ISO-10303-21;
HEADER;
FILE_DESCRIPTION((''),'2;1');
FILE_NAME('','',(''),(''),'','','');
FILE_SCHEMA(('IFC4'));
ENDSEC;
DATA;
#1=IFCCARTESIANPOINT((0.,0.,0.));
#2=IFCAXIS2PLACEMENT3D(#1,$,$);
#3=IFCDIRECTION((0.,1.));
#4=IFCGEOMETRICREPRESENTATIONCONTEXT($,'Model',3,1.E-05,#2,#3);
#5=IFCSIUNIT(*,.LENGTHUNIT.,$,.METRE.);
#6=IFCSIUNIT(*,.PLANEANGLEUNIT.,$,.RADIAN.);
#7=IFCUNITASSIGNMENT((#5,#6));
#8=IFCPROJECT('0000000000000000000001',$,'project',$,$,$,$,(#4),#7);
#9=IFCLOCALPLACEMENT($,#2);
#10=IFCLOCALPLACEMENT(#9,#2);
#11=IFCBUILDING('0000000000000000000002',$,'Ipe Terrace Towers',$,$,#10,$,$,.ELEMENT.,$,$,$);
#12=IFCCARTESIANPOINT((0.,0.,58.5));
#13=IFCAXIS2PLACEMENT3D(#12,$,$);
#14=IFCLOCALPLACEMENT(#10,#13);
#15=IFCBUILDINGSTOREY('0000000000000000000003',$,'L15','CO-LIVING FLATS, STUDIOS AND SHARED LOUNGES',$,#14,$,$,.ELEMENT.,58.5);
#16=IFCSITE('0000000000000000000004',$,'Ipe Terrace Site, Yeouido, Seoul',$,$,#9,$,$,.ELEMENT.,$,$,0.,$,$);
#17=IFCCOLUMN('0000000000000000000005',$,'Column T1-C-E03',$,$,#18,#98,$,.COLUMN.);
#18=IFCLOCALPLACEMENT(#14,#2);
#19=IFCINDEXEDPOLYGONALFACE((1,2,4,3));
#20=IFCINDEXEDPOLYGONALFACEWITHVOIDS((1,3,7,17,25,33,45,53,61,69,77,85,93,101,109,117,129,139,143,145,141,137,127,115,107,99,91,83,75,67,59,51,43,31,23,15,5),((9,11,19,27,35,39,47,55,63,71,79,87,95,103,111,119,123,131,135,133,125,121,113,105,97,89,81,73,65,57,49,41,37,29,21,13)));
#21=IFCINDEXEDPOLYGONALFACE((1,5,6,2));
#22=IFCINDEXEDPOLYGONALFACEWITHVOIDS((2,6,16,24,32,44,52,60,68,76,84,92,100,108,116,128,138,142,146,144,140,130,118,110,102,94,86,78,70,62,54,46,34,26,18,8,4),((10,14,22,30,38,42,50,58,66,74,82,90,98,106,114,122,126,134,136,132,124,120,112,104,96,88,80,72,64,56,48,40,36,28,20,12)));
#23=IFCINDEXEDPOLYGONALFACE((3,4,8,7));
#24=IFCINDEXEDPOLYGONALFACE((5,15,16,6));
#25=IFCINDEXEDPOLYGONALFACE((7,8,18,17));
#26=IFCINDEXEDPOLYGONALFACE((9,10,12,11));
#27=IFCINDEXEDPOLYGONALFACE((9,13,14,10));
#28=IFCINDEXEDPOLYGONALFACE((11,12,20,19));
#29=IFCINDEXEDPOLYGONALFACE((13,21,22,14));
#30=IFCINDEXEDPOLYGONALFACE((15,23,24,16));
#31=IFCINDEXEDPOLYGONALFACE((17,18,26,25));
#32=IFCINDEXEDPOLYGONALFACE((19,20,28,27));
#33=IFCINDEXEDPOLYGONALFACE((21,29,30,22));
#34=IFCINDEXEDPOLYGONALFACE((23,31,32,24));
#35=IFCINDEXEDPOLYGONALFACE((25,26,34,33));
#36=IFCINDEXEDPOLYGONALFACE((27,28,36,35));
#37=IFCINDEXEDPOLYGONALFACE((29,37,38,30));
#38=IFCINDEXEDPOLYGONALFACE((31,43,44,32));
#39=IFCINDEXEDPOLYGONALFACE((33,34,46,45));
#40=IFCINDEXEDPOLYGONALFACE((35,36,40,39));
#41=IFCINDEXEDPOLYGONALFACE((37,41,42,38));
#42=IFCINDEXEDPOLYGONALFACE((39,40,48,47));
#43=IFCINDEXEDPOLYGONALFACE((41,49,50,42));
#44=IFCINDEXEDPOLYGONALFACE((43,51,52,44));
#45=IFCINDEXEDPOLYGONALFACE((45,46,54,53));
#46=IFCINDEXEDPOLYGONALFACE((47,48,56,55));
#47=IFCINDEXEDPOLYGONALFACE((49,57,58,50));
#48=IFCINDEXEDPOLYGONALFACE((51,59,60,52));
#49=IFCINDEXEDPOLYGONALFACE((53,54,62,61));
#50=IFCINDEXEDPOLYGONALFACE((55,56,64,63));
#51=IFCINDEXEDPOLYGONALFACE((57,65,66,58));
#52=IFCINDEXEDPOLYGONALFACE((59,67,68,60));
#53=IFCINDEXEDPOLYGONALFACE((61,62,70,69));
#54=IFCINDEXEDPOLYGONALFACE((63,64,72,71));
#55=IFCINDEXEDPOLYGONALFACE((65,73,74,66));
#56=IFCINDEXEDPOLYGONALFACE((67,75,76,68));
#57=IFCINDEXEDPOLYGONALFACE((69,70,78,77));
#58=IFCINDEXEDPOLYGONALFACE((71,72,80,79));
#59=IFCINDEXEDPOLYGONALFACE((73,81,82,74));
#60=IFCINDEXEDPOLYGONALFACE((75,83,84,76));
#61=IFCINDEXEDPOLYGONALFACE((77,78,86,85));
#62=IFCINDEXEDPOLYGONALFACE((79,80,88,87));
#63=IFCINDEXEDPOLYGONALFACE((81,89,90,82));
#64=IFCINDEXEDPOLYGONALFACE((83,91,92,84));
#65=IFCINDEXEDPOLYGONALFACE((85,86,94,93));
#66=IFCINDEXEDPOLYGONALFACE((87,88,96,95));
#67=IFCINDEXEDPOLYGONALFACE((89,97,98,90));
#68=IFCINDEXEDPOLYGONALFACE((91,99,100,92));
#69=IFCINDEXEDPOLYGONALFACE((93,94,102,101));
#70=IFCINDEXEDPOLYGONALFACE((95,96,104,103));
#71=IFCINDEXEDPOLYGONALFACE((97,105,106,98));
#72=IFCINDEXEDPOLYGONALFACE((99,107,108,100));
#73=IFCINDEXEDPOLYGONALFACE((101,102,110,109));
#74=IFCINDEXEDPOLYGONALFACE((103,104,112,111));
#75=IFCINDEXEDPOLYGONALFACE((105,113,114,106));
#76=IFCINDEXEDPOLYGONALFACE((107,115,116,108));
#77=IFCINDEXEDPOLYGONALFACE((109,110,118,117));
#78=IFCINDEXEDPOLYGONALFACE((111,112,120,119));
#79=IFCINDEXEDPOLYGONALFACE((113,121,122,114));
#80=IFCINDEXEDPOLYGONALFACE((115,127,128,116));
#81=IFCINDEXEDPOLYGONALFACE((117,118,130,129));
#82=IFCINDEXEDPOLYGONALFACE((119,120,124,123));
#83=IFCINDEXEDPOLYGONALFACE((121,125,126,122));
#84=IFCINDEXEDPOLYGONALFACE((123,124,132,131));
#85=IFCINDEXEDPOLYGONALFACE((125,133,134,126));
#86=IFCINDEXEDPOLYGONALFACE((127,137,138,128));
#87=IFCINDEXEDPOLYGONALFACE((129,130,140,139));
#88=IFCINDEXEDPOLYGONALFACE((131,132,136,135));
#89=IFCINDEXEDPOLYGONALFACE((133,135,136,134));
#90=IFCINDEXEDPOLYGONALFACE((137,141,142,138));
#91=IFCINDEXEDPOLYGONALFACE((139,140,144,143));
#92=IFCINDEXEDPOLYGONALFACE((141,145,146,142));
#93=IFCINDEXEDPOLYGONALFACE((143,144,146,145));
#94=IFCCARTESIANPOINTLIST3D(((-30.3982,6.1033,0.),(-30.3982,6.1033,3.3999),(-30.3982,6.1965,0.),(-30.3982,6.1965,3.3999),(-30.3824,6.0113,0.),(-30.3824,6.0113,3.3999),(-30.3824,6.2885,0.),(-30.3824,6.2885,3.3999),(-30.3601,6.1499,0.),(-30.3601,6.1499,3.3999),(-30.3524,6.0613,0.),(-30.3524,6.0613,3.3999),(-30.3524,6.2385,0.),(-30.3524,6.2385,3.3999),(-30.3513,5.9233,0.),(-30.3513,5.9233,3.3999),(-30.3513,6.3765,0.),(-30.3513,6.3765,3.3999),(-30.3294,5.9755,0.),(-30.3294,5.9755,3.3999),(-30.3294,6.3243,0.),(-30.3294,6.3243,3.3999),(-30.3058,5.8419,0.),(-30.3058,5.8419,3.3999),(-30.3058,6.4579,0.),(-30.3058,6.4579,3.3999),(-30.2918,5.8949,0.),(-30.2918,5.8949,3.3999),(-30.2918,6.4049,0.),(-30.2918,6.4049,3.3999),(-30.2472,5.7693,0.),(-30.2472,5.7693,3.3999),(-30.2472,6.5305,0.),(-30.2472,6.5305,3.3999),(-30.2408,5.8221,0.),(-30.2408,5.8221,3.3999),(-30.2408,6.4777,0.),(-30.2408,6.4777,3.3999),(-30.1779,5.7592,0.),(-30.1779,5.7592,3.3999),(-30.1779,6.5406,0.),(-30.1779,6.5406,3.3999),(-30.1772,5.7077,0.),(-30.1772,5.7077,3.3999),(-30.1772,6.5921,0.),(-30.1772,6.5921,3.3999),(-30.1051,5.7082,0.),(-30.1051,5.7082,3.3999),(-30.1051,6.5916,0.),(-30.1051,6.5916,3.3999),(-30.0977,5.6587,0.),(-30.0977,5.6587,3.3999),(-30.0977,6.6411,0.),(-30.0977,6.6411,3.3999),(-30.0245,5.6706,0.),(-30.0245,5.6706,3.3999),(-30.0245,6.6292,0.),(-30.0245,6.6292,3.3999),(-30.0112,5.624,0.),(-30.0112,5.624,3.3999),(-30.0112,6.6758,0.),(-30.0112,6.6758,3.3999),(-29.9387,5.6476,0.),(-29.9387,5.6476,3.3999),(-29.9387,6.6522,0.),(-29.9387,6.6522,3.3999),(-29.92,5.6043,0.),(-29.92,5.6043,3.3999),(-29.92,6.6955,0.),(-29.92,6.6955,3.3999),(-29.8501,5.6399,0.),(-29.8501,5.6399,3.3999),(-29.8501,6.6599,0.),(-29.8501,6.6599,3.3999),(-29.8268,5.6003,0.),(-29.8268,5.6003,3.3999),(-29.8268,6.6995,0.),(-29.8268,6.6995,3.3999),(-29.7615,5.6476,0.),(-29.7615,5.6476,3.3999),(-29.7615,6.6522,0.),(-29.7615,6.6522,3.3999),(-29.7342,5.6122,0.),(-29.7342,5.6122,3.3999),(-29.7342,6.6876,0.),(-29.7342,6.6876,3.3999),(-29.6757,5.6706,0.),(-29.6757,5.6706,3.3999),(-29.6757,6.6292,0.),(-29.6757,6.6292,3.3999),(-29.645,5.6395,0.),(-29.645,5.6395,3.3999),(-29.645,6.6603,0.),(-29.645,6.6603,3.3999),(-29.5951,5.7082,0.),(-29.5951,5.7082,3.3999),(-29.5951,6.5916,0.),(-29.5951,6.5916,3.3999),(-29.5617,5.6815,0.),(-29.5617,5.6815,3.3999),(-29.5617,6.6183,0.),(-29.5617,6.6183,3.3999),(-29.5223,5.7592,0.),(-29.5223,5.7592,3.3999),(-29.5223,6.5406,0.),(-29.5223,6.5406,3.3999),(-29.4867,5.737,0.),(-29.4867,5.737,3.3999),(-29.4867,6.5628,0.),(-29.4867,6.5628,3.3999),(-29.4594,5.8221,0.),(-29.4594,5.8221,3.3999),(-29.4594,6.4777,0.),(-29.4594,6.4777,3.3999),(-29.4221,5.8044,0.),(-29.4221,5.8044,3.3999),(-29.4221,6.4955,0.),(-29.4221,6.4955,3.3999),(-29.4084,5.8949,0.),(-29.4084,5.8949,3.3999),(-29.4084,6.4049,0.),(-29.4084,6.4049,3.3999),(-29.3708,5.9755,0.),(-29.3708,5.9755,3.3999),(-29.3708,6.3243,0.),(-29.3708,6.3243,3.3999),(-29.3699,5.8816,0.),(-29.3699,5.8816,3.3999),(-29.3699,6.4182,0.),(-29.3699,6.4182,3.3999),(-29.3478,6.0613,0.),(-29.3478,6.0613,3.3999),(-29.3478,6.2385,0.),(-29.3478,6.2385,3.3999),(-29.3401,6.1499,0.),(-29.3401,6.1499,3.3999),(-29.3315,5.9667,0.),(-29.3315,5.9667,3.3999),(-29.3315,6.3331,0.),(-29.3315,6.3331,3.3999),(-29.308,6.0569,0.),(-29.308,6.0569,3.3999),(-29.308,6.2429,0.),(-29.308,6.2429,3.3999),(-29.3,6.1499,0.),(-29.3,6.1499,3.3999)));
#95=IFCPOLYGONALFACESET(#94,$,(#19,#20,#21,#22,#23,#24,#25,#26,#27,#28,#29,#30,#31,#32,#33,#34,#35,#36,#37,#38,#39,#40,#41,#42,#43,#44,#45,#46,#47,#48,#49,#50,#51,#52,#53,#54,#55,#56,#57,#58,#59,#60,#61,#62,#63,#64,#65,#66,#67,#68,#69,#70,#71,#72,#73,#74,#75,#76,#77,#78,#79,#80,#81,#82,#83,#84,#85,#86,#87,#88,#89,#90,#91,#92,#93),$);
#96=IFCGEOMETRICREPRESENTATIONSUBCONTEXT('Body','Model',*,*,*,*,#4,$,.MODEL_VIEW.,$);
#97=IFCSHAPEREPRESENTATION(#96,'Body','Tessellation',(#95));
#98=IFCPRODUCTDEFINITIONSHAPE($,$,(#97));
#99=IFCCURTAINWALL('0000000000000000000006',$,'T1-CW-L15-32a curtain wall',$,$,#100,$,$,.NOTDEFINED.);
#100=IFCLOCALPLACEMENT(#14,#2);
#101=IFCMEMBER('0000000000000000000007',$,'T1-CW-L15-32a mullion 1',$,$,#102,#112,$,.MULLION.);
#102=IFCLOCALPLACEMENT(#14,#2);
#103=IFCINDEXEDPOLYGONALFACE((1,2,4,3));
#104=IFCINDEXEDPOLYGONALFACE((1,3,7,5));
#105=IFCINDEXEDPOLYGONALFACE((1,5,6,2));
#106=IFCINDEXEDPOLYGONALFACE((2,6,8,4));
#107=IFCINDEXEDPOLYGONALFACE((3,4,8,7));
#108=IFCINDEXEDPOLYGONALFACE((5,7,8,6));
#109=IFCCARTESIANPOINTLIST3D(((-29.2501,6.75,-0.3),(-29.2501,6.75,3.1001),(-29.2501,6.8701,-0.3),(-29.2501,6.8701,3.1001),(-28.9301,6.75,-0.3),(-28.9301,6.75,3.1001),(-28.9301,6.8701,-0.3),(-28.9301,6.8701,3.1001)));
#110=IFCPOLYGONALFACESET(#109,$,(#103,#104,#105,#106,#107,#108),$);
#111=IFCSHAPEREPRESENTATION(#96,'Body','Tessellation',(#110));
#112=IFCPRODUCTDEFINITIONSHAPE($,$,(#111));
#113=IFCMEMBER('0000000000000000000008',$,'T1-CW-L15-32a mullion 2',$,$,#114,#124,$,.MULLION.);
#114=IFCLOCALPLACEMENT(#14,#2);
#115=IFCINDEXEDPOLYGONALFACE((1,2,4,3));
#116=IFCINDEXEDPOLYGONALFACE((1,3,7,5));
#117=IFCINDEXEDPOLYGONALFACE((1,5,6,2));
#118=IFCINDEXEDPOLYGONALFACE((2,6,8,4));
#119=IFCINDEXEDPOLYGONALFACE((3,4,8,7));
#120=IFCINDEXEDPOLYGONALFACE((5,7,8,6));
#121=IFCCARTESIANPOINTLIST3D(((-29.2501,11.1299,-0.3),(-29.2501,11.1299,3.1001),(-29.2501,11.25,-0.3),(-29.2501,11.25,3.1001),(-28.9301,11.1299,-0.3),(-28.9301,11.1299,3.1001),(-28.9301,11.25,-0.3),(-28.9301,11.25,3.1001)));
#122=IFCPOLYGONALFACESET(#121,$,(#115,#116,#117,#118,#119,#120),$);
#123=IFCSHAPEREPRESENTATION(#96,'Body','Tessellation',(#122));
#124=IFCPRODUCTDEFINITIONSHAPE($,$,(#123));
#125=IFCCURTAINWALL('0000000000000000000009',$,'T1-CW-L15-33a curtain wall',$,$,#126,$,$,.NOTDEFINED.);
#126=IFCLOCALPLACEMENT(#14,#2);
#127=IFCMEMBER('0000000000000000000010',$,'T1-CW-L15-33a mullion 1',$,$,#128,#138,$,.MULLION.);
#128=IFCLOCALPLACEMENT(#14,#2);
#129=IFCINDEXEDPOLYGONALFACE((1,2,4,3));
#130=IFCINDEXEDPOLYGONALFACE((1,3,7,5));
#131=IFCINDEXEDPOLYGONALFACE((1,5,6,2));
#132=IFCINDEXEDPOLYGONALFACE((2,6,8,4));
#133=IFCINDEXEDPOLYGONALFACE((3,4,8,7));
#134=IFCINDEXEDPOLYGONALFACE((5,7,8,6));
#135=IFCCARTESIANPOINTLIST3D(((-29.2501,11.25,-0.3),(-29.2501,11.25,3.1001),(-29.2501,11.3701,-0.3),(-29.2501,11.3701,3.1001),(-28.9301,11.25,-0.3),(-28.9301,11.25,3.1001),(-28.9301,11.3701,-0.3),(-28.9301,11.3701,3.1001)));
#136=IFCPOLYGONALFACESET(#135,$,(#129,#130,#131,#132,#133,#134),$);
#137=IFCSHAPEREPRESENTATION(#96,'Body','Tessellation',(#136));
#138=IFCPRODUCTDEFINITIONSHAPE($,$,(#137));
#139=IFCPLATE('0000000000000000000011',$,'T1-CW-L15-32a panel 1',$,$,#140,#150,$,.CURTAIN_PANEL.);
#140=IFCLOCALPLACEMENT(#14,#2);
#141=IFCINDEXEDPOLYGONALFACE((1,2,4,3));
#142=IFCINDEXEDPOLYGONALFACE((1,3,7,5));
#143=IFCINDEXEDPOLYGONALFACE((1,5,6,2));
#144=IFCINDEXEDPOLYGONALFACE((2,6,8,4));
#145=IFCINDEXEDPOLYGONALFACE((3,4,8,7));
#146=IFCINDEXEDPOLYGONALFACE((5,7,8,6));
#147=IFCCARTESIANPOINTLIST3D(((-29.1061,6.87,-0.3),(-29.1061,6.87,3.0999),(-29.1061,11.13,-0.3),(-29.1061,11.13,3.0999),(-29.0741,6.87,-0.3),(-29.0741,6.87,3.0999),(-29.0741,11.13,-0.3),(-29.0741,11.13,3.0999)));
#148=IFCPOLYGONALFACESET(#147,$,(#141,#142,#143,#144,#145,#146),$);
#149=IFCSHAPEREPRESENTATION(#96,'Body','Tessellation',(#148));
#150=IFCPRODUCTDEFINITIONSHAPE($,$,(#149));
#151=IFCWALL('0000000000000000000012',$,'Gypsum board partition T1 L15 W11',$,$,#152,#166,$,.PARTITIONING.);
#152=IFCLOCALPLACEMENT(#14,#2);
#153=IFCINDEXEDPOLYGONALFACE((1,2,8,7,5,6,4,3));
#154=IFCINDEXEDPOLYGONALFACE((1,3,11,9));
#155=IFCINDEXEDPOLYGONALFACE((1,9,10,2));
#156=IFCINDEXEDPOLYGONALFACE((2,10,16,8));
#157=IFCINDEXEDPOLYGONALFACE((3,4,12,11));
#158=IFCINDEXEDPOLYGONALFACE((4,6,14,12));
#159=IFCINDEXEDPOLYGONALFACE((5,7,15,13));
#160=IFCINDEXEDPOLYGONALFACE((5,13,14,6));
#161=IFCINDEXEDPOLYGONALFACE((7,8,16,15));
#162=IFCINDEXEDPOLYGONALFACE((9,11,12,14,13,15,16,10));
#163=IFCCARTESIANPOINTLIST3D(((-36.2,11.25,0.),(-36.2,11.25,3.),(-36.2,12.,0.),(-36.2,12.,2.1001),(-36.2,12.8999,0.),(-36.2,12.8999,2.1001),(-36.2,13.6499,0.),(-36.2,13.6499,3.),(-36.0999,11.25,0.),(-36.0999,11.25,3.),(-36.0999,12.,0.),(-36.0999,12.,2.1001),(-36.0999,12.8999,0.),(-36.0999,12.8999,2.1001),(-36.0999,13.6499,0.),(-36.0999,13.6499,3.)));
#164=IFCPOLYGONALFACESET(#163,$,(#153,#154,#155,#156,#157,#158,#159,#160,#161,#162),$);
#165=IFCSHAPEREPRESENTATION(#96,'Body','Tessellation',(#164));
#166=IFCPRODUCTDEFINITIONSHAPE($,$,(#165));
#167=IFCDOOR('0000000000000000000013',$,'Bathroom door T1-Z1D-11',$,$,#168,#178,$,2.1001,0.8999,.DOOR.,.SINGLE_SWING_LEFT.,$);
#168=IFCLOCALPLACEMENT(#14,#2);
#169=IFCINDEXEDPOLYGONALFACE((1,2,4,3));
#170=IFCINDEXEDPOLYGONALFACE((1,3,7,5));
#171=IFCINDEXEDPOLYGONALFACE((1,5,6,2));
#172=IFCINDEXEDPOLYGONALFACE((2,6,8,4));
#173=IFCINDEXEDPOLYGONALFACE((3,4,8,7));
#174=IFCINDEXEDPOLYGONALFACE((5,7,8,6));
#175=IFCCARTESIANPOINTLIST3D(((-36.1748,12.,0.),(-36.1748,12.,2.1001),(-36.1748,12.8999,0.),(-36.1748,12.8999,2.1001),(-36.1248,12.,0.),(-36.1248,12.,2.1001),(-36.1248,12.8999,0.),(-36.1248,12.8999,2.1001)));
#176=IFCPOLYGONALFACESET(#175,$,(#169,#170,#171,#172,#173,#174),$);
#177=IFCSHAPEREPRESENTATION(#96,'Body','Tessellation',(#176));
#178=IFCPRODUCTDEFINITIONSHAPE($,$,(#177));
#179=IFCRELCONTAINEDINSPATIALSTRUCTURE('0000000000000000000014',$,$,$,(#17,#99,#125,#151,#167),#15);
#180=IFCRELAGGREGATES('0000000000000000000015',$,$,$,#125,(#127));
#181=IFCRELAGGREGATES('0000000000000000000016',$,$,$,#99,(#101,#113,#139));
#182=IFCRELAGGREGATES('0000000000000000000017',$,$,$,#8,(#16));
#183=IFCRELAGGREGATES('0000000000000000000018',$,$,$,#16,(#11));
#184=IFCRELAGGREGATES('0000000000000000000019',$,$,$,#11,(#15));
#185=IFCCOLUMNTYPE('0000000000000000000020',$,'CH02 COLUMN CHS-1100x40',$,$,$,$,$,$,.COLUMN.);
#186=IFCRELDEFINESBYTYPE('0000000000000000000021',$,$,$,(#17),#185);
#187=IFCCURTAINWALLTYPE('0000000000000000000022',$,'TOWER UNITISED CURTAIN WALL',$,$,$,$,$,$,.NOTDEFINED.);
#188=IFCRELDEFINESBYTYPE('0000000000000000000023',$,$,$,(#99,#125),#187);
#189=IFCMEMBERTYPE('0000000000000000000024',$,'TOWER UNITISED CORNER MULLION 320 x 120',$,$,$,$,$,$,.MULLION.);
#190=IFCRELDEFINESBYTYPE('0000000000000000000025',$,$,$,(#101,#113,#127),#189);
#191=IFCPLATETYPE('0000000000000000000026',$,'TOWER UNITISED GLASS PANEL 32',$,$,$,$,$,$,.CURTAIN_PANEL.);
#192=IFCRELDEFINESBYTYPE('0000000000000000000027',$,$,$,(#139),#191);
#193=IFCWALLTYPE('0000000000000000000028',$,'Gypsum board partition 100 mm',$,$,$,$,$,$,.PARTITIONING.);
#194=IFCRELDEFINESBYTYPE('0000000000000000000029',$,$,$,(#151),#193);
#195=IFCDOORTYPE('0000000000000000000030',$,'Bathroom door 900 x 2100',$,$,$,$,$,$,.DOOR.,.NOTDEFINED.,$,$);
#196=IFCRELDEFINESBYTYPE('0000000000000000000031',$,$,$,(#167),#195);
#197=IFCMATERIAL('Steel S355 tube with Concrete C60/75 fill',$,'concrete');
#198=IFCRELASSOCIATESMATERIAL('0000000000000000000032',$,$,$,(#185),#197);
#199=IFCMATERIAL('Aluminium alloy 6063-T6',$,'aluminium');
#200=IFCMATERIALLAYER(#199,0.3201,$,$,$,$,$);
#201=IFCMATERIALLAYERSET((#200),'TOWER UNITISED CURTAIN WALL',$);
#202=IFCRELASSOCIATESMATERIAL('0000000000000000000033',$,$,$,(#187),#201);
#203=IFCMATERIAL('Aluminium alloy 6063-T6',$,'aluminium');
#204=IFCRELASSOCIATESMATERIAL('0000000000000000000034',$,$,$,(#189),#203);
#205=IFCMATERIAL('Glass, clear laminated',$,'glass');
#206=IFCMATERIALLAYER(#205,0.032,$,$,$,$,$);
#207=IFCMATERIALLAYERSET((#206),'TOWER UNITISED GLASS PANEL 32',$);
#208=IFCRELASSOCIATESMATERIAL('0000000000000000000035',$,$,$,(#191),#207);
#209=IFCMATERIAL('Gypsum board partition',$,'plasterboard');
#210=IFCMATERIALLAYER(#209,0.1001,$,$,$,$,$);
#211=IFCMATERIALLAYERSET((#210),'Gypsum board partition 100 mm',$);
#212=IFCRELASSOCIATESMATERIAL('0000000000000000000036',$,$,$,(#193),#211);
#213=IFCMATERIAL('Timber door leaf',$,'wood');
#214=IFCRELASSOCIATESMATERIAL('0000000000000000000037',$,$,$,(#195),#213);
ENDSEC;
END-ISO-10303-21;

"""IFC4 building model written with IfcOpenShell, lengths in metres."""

from ifc_helpers import new_model, si_unit, direction, frame, frame_2d, origin, origin_2d, place, context, subcontext, project, spatial, rectangle, hollow_circle, extrude, material, layer, layer_set, material_profile, profile_set, type_object, element, fill, aggregate, save


model = new_model("IFC4")

# Units and contexts
model_context = context("Model", 3, precision=1e-05, world=origin(), true_north=direction((0.0, 1.0)))
body_context = subcontext(model_context, "Body", "Model", "MODEL_VIEW")
ifc_project = project(units=[si_unit("LENGTHUNIT", "METRE"), si_unit("PLANEANGLEUNIT", "RADIAN")], contexts=[model_context])

# Site, building, storey
site_placement = place(None, origin())
site = spatial("IfcSite", under=ifc_project, at=site_placement, Name="Ipe Terrace Site, Yeouido, Seoul", CompositionType="ELEMENT", RefElevation=0.0)
building_placement = place(site_placement, origin())
building = spatial("IfcBuilding", under=site, at=building_placement, Name="Ipe Terrace Towers", CompositionType="ELEMENT")
storey_placement = place(building_placement, frame((0.0, 0.0, 58.5)))
storey = spatial("IfcBuildingStorey", under=building, at=storey_placement, Name="L15", Description="CO-LIVING FLATS, STUDIOS AND SHARED LOUNGES", CompositionType="ELEMENT", Elevation=58.5)

# Column
ifc_material_1 = material(Name="Steel S355 tube with Concrete C60/75 fill", Category="concrete")
ifc_material_profile_1 = material_profile(ifc_material_1, hollow_circle(Radius=0.55, WallThickness=0.04, at=origin_2d()), Name="CHS-1100x40")
ifc_profile_set_1 = profile_set([ifc_material_profile_1], Name="Steel S355 tube with Concrete C60/75 fill")
column_type = type_object("IfcColumnType", Name="CH02 COLUMN CHS-1100x40", PredefinedType="COLUMN", material=ifc_profile_set_1)
column_placement = place(storey_placement, frame((-29.8501, 6.1499, 0.0), z_axis=(0.0, 0.0, 1.0), x_axis=(1.0, 0.0, 0.0)))
element("IfcColumn", 1, at=column_placement, inside=storey, type_object=column_type, Name="Column T1-C-E03", PredefinedType="COLUMN", context=body_context, shape_type="SweptSolid", body=[
    extrude(hollow_circle(Radius=0.55, WallThickness=0.04, at=origin_2d()), origin(), (0.0, 0.0, 1.0), 3.3999),
])

# Curtain wall, members
ifc_material_2 = material(Name="Aluminium alloy 6063-T6", Category="aluminium")
ifc_layer_1 = layer(ifc_material_2, 0.3201)
ifc_layer_set_1 = layer_set([ifc_layer_1], Name="TOWER UNITISED CURTAIN WALL")
curtain_wall_type = type_object("IfcCurtainWallType", Name="TOWER UNITISED CURTAIN WALL", PredefinedType="NOTDEFINED", material=ifc_layer_set_1)
curtain_wall_1_placement = place(storey_placement, origin())
curtain_wall_1 = element("IfcCurtainWall", 2, at=curtain_wall_1_placement, inside=storey, type_object=curtain_wall_type, Name="T1-CW-L15-32a curtain wall", PredefinedType="NOTDEFINED")
ifc_material_3 = material(Name="Aluminium alloy 6063-T6", Category="aluminium")
ifc_material_profile_2 = material_profile(ifc_material_3, rectangle(XDim=0.3201, YDim=0.1201, at=origin_2d()), Name="TOWER UNITISED CORNER MULLION 320 x 120")
ifc_profile_set_2 = profile_set([ifc_material_profile_2], Name="Aluminium alloy 6063-T6")
member_type = type_object("IfcMemberType", Name="TOWER UNITISED CORNER MULLION 320 x 120", PredefinedType="MULLION", material=ifc_profile_set_2)
member_1_placement = place(storey_placement, frame((-29.0901, 6.8101, -0.3), z_axis=(0.0, 0.0, 1.0), x_axis=(1.0, 0.0, 0.0)))
member_1 = element("IfcMember", 3, at=member_1_placement, type_object=member_type, Name="T1-CW-L15-32a mullion 1", PredefinedType="MULLION", context=body_context, shape_type="SweptSolid", body=[
    extrude(rectangle(XDim=0.3201, YDim=0.1201, at=origin_2d()), origin(), (0.0, 0.0, 1.0), 3.4001),
])
member_2_placement = place(storey_placement, frame((-29.0901, 11.1899, -0.3), z_axis=(0.0, 0.0, 1.0), x_axis=(1.0, 0.0, 0.0)))
member_2 = element("IfcMember", 4, at=member_2_placement, type_object=member_type, Name="T1-CW-L15-32a mullion 2", PredefinedType="MULLION", context=body_context, shape_type="SweptSolid", body=[
    extrude(rectangle(XDim=0.3201, YDim=0.1201, at=origin_2d()), origin(), (0.0, 0.0, 1.0), 3.4001),
])

# Curtain wall, member
curtain_wall_2_placement = place(storey_placement, origin())
curtain_wall_2 = element("IfcCurtainWall", 5, at=curtain_wall_2_placement, inside=storey, type_object=curtain_wall_type, Name="T1-CW-L15-33a curtain wall", PredefinedType="NOTDEFINED")
member_3_placement = place(storey_placement, frame((-29.0901, 11.3101, -0.3), z_axis=(0.0, 0.0, 1.0), x_axis=(1.0, 0.0, 0.0)))
member_3 = element("IfcMember", 6, at=member_3_placement, type_object=member_type, Name="T1-CW-L15-33a mullion 1", PredefinedType="MULLION", context=body_context, shape_type="SweptSolid", body=[
    extrude(rectangle(XDim=0.3201, YDim=0.1201, at=origin_2d()), origin(), (0.0, 0.0, 1.0), 3.4001),
])
aggregate(curtain_wall_2, [member_3])

# Plate
ifc_material_4 = material(Name="Glass, clear laminated", Category="glass")
ifc_layer_2 = layer(ifc_material_4, 0.032)
ifc_layer_set_2 = layer_set([ifc_layer_2], Name="TOWER UNITISED GLASS PANEL 32")
plate_type = type_object("IfcPlateType", Name="TOWER UNITISED GLASS PANEL 32", PredefinedType="CURTAIN_PANEL", material=ifc_layer_set_2)
plate_placement = place(storey_placement, frame((-29.0901, 9.0, -0.3), z_axis=(0.0, 0.0, 1.0), x_axis=(0.0, 1.0, 0.0)))
plate = element("IfcPlate", 7, at=plate_placement, type_object=plate_type, Name="T1-CW-L15-32a panel 1", PredefinedType="CURTAIN_PANEL", context=body_context, shape_type="SweptSolid", body=[
    extrude(rectangle(XDim=4.26, YDim=0.032, at=origin_2d()), origin(), (0.0, 0.0, 1.0), 3.3999),
])
aggregate(curtain_wall_1, [member_1, member_2, plate])

# Wall, opening, door
ifc_material_5 = material(Name="Gypsum board partition", Category="plasterboard")
ifc_layer_3 = layer(ifc_material_5, 0.1001)
ifc_layer_set_3 = layer_set([ifc_layer_3], Name="Gypsum board partition 100 mm")
wall_type_1 = type_object("IfcWallType", Name="Gypsum board partition 100 mm", PredefinedType="PARTITIONING", material=ifc_layer_set_3)
wall_1_placement = place(storey_placement, frame((-36.1499, 11.25, 0.0), z_axis=(0.0, 0.0, 1.0), x_axis=(0.0, 1.0, 0.0)))
wall_1 = element("IfcWall", 8, at=wall_1_placement, inside=storey, type_object=wall_type_1, Name="Gypsum board partition T1 L15 W11", PredefinedType="PARTITIONING", context=body_context, shape_type="SweptSolid", body=[
    extrude(rectangle(XDim=2.3999, YDim=0.1001, at=frame_2d((1.2, 0.0))), origin(), (0.0, 0.0, 1.0), 3.0),
])
opening_1_placement = place(wall_1_placement, frame((0.75, 0.0, 0.0)))
opening_1 = element("IfcOpeningElement", 9, at=opening_1_placement, cuts=wall_1, PredefinedType="OPENING", context=body_context, shape_type="SweptSolid", body=[
    extrude(rectangle(XDim=0.8999, YDim=2.1001, at=frame_2d((0.45, 1.05))), frame((0.0, 0.0601, 0.0), z_axis=(0.0, -1.0, 0.0), x_axis=(1.0, 0.0, 0.0)), (0.0, 0.0, 1.0), 0.1201),
])
ifc_material_6 = material(Name="Timber door leaf", Category="wood")
door_type_1 = type_object("IfcDoorType", Name="Bathroom door 900 x 2100", OperationType="NOTDEFINED", PredefinedType="DOOR", material=ifc_material_6)
door_1_placement = place(opening_1_placement, origin())
door_1 = element("IfcDoor", 10, at=door_1_placement, inside=storey, type_object=door_type_1, Name="Bathroom door T1-Z1D-11", OperationType="SINGLE_SWING_LEFT", OverallHeight=2.1001, OverallWidth=0.8999, PredefinedType="DOOR", context=body_context, shape_type="SweptSolid", body=[
    extrude(rectangle(XDim=0.8999, YDim=2.1001, at=frame_2d((0.45, 1.05))), frame((0.0, 0.0249, 0.0), z_axis=(0.0, -1.0, 0.0), x_axis=(1.0, 0.0, 0.0)), (0.0, 0.0, 1.0), 0.05),
])
fill(opening_1, door_1)

save(model, "model.ifc")
